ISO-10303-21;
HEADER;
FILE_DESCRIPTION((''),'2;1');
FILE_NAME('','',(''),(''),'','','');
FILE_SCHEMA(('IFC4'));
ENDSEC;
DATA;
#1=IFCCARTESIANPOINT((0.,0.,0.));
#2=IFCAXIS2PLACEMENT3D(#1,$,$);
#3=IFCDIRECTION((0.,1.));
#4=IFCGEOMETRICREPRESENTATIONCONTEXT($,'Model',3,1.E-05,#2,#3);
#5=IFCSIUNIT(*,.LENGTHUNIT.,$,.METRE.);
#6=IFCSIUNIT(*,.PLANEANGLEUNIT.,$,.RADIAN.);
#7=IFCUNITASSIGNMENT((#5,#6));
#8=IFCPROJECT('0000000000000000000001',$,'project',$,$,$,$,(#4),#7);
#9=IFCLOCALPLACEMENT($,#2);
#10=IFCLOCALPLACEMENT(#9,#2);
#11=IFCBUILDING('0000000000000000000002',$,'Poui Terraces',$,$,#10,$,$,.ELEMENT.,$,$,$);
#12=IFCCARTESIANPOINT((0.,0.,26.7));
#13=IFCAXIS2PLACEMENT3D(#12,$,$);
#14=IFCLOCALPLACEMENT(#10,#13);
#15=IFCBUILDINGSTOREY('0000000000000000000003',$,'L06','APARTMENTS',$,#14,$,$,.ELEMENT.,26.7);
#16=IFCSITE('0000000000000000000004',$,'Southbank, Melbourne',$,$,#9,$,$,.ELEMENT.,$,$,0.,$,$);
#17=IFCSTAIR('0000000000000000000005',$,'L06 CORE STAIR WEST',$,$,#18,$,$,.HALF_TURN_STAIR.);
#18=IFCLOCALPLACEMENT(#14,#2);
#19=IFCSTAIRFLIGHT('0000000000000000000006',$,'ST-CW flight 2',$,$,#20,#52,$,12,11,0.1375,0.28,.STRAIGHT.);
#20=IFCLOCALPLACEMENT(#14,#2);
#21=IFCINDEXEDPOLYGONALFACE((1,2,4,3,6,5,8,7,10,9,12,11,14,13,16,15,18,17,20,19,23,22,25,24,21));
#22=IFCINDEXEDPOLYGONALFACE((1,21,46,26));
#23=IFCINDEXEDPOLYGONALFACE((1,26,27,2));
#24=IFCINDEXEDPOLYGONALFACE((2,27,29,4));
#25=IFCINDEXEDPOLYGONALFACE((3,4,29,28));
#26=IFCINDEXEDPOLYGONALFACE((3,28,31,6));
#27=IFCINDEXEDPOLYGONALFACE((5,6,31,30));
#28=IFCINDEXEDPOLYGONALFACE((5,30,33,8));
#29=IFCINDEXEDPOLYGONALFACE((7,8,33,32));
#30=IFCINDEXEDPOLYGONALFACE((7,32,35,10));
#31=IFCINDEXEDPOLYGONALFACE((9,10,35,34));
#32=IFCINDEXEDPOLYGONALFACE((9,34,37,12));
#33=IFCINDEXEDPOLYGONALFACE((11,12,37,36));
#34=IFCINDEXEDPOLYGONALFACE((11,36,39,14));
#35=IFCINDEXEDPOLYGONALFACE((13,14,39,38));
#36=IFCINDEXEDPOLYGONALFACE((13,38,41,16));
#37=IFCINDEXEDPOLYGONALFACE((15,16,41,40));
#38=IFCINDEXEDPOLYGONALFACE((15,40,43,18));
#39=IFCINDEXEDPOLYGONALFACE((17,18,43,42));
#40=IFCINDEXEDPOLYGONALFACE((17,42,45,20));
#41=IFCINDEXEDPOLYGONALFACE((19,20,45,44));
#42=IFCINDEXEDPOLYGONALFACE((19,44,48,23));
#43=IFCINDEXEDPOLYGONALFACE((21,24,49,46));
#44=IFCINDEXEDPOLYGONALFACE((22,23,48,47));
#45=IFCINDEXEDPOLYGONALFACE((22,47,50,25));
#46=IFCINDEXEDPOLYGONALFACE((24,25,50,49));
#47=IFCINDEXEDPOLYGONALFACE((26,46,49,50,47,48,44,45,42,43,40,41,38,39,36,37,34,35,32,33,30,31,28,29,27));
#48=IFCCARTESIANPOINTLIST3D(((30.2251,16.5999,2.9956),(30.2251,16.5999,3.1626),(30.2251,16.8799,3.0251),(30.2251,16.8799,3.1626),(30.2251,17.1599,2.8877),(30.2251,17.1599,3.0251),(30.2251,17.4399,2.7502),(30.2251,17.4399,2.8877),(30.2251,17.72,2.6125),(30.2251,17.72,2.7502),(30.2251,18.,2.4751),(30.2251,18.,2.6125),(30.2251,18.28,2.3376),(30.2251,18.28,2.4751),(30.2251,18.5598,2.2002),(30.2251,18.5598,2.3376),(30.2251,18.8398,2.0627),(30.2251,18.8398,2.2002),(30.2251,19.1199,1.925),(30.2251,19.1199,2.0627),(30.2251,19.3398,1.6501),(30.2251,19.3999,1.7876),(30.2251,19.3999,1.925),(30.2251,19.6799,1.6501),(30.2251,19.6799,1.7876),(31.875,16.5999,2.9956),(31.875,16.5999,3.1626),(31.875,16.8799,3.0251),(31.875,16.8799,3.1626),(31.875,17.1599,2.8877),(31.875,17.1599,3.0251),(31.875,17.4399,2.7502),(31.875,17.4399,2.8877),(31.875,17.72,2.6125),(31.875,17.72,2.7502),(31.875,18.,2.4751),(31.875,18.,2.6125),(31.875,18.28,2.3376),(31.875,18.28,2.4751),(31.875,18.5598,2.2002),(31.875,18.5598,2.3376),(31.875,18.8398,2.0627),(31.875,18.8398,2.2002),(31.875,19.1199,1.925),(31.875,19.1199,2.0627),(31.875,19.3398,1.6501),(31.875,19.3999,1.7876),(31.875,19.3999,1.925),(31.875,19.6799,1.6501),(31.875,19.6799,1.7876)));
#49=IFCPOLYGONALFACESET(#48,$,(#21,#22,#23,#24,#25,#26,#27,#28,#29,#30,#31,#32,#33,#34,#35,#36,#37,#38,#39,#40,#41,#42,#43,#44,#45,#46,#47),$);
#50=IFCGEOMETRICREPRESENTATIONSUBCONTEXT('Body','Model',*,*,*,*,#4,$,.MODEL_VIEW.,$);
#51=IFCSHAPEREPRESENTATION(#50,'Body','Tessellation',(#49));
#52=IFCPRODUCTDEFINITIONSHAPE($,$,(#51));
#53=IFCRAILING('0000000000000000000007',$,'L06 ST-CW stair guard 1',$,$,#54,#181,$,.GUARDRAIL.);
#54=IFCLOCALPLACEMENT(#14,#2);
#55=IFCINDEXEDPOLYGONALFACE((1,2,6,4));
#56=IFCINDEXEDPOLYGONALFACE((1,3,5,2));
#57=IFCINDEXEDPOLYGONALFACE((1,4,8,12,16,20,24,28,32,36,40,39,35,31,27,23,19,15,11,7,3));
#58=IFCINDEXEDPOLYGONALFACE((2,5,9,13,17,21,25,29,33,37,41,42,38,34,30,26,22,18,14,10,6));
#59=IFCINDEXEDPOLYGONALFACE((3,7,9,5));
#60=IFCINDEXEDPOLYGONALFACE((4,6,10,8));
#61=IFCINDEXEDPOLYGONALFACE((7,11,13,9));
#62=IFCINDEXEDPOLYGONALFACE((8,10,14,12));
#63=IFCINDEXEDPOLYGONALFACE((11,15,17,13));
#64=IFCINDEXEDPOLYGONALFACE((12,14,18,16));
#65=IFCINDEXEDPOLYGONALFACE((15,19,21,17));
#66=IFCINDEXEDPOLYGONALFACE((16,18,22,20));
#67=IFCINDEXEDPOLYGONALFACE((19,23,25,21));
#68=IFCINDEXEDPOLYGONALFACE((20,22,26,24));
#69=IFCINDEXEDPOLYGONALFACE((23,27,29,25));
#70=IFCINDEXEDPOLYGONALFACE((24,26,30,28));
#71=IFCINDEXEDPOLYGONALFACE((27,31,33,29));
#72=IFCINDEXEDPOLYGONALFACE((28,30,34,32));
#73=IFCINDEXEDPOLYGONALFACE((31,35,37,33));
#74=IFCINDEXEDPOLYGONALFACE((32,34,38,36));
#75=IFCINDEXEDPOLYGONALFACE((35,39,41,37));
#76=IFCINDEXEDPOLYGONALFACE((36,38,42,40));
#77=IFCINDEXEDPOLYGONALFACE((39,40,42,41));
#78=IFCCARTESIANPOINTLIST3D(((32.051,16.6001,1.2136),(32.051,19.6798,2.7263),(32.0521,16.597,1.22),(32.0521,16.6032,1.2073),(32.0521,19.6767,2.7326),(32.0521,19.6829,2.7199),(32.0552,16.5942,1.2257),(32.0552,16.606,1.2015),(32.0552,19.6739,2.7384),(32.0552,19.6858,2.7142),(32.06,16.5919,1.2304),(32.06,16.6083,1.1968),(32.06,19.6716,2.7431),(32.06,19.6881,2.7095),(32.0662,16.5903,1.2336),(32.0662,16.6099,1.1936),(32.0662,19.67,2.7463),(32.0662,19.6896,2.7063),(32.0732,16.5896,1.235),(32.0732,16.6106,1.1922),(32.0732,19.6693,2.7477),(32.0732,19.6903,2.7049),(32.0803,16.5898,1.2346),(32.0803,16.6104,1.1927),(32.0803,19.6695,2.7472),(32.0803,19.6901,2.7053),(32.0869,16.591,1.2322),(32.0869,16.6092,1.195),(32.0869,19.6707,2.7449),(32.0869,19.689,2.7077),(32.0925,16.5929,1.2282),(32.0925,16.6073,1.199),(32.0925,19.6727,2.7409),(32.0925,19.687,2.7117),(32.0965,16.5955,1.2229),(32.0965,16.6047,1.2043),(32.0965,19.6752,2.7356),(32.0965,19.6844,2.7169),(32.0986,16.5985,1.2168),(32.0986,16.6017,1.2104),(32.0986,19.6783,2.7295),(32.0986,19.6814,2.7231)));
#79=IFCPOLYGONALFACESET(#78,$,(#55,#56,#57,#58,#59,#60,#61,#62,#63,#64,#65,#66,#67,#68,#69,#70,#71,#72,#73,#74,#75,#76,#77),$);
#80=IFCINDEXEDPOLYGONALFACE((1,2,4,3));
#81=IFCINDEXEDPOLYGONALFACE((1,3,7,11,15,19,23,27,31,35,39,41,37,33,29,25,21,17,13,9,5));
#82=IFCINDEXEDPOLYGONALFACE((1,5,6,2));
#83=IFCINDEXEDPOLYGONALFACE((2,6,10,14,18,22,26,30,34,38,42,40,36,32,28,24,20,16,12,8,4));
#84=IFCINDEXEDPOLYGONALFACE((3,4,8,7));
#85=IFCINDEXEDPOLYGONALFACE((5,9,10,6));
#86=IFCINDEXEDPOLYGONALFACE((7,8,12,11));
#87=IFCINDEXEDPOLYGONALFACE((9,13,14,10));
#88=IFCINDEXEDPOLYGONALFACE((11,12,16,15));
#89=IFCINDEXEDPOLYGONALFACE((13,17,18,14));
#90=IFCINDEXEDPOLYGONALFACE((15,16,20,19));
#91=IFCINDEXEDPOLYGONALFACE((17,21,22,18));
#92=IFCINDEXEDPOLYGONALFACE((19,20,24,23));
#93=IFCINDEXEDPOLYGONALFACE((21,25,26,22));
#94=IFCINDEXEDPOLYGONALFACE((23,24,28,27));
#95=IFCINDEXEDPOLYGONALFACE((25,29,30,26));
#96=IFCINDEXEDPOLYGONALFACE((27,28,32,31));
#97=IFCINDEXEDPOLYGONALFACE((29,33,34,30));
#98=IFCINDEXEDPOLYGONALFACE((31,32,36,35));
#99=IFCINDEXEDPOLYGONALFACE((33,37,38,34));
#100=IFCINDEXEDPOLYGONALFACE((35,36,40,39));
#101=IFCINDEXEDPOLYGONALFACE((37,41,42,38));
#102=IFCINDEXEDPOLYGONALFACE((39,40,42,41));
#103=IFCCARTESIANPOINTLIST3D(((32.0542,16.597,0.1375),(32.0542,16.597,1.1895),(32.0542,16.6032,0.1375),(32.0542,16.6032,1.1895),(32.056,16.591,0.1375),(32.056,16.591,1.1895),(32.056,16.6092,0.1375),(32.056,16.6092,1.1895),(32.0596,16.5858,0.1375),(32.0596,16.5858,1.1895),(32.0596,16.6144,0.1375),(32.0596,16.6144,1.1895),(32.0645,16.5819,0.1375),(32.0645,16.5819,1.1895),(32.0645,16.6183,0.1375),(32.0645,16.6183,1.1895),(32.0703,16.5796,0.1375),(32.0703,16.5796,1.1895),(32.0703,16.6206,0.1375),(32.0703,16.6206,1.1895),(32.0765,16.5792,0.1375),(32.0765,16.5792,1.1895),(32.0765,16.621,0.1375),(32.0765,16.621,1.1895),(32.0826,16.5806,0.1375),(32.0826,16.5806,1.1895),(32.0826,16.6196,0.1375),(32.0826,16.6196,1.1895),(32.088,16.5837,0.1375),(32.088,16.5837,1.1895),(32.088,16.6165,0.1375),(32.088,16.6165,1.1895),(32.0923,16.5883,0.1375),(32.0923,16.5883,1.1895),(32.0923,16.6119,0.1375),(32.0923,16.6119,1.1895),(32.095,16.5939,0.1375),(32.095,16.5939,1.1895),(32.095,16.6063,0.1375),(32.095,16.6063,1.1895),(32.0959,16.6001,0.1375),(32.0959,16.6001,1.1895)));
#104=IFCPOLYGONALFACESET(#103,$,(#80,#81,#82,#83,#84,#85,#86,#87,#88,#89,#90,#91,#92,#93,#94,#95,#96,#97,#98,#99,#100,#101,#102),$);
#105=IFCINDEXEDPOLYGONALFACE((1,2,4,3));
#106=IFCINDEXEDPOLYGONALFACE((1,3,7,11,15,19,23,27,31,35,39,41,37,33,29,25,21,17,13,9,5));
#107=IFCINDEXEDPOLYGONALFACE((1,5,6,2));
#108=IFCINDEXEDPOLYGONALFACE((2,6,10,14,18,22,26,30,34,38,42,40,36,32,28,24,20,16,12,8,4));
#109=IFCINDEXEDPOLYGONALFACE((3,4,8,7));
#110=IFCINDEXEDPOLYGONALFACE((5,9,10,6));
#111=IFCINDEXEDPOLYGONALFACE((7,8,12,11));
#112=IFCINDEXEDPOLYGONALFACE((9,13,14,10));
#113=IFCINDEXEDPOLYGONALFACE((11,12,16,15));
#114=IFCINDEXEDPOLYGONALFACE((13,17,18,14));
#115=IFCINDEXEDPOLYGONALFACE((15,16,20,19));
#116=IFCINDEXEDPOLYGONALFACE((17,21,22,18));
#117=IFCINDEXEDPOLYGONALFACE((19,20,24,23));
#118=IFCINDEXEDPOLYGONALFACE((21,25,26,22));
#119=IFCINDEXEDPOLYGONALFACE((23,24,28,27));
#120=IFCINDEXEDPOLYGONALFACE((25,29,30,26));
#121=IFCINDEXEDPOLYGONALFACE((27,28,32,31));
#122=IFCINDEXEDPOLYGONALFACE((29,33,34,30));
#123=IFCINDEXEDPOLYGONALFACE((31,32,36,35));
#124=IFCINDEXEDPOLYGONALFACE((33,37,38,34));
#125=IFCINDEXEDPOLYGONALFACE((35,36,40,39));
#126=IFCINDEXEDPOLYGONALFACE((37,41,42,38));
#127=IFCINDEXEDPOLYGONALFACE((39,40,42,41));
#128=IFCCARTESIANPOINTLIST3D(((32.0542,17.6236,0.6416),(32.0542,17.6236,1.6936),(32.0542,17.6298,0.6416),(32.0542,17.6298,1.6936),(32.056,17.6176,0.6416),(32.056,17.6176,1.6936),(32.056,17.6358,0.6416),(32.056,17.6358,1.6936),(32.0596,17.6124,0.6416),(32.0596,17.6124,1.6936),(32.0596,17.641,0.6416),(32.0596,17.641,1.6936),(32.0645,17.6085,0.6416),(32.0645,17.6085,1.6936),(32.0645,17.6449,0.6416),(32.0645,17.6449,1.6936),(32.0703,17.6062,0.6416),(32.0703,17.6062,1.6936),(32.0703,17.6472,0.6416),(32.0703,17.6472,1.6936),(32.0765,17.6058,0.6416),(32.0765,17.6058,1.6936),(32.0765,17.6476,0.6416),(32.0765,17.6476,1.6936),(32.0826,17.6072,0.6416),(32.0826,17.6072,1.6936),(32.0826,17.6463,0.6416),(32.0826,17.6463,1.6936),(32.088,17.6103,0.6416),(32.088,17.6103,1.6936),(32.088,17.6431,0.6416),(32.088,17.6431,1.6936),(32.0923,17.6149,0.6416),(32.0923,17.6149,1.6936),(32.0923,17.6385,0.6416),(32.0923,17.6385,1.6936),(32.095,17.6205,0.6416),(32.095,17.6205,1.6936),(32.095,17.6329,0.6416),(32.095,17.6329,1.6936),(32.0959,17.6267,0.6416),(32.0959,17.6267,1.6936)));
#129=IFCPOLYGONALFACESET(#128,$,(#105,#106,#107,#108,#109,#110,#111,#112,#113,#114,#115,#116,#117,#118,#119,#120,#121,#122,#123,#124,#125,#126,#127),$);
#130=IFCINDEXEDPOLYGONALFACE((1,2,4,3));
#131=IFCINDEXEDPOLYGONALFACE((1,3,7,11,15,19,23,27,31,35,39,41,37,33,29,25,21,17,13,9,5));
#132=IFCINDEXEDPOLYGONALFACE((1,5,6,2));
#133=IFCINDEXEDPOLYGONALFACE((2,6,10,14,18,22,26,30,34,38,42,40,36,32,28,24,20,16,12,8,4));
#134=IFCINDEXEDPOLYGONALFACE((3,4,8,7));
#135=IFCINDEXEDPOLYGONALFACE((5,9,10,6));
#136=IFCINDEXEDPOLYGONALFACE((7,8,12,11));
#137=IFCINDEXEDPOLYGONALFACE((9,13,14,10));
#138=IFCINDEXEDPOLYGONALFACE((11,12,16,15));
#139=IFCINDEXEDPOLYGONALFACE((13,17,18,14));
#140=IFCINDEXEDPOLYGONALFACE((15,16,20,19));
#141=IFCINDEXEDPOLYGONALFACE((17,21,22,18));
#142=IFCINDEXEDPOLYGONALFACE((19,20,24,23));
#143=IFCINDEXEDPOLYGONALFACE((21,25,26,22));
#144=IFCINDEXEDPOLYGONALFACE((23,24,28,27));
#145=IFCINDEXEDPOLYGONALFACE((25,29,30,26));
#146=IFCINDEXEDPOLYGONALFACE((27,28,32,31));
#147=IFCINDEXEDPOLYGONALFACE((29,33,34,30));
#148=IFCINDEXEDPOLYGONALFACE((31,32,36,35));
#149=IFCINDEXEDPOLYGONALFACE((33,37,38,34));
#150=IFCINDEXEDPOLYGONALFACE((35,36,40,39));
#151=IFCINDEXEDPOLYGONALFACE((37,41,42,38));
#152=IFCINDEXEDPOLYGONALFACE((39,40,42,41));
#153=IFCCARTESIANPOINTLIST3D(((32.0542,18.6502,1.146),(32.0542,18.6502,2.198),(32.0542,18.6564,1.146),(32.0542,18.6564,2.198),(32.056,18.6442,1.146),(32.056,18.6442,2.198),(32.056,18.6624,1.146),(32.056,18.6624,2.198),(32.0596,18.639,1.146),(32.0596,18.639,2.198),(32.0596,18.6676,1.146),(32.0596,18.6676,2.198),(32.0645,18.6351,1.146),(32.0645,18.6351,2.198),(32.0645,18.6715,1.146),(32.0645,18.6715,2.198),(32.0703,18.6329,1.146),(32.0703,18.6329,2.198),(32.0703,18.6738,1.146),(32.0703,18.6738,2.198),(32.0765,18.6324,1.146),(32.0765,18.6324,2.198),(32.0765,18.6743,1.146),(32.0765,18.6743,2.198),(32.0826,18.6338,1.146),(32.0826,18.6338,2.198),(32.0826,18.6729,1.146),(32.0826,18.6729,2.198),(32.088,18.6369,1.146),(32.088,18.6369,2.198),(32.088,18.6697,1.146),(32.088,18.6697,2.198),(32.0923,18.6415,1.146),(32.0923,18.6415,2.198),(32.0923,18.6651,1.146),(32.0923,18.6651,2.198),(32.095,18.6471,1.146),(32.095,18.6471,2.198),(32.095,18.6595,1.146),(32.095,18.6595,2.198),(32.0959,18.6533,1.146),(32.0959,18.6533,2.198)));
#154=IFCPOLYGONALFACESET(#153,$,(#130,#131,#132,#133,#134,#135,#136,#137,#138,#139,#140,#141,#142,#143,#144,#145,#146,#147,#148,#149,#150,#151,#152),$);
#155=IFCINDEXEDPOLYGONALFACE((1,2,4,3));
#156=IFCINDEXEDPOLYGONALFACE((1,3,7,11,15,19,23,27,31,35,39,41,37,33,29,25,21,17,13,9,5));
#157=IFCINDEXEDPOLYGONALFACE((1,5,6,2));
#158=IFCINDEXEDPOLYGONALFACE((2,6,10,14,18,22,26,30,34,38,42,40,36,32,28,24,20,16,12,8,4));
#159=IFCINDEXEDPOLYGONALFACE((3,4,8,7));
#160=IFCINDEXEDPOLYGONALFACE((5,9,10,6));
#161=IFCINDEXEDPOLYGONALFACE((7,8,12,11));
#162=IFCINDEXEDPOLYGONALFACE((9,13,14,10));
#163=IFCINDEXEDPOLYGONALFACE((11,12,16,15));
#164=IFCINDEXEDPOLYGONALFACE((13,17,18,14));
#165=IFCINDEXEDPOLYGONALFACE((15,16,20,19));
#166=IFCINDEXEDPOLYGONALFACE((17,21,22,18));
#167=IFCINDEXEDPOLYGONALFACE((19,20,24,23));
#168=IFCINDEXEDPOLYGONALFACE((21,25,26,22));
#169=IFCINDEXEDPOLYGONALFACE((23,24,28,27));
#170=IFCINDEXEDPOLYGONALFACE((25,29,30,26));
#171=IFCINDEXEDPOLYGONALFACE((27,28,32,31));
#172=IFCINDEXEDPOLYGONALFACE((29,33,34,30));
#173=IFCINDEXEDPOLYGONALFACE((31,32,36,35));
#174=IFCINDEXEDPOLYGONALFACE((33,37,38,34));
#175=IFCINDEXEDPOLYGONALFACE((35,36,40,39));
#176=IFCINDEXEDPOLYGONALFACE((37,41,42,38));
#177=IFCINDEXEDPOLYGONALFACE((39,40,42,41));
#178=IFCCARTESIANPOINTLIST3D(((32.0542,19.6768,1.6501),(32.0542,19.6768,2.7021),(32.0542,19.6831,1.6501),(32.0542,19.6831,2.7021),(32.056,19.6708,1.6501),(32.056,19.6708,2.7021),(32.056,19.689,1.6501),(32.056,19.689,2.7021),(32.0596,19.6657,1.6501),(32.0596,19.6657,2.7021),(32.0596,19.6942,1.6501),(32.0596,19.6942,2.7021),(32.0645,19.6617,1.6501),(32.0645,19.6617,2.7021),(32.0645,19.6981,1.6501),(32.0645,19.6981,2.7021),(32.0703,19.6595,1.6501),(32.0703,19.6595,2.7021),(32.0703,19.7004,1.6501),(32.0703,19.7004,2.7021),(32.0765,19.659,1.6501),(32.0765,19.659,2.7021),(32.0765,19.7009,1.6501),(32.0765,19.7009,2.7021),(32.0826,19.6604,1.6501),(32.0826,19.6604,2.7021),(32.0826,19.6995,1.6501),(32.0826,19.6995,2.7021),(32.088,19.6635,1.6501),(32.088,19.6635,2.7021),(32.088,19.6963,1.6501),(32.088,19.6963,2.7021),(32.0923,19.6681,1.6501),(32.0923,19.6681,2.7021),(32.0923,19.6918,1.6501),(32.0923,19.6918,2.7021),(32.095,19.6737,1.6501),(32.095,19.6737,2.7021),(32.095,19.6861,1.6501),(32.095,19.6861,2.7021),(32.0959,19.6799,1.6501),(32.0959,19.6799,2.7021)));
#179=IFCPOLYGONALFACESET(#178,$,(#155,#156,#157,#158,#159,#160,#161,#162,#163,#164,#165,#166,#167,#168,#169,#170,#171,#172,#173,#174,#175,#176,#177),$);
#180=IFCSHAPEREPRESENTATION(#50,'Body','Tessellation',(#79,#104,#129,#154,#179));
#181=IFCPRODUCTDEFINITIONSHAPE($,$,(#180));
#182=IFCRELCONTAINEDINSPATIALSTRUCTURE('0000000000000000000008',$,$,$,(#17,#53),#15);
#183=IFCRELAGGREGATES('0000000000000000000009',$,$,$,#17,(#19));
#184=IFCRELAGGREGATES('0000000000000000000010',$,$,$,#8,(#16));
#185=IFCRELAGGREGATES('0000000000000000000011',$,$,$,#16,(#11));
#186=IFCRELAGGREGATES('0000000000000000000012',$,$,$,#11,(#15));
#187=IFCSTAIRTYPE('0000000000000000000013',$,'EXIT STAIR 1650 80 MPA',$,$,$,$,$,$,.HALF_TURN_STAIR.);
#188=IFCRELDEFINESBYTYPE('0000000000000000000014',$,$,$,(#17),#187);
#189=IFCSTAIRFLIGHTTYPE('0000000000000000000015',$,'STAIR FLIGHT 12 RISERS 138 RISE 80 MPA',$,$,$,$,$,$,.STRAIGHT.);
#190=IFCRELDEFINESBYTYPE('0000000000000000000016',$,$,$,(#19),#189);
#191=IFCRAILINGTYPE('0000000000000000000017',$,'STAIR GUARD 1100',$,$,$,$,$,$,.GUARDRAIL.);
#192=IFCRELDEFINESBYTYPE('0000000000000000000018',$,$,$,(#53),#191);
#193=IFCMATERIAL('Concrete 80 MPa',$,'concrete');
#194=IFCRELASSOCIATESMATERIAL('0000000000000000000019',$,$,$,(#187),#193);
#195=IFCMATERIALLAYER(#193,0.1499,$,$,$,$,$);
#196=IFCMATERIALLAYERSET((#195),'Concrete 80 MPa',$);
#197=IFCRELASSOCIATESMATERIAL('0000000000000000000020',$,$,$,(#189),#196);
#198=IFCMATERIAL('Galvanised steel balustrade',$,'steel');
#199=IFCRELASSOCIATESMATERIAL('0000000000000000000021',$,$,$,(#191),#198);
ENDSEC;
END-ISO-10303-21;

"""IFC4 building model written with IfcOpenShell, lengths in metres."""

from ifc_helpers import new_model, si_unit, direction, frame, origin, origin_2d, place, context, subcontext, project, spatial, polyline, circle, outline, extrude, material, layer, layer_set, type_object, element, aggregate, save


model = new_model("IFC4")

# Units and contexts
model_context = context("Model", 3, precision=1e-05, world=origin(), true_north=direction((0.0, 1.0)))
body_context = subcontext(model_context, "Body", "Model", "MODEL_VIEW")
ifc_project = project(units=[si_unit("LENGTHUNIT", "METRE"), si_unit("PLANEANGLEUNIT", "RADIAN")], contexts=[model_context])

# Site, building, storey
site_placement = place(None, origin())
site = spatial("IfcSite", under=ifc_project, at=site_placement, Name="Southbank, Melbourne", CompositionType="ELEMENT", RefElevation=0.0)
building_placement = place(site_placement, origin())
building = spatial("IfcBuilding", under=site, at=building_placement, Name="Poui Terraces", CompositionType="ELEMENT")
storey_placement = place(building_placement, frame((0.0, 0.0, 26.7)))
storey = spatial("IfcBuildingStorey", under=building, at=storey_placement, Name="L06", Description="APARTMENTS", CompositionType="ELEMENT", Elevation=26.7)

# Shared definitions
ifc_material_1 = material(Name="Concrete 80 MPa", Category="concrete")

# Stair, stair flight
stair_type = type_object("IfcStairType", Name="EXIT STAIR 1650 80 MPA", PredefinedType="HALF_TURN_STAIR", material=ifc_material_1)
stair_placement = place(storey_placement, origin())
stair = element("IfcStair", 1, at=stair_placement, inside=storey, type_object=stair_type, Name="L06 CORE STAIR WEST", PredefinedType="HALF_TURN_STAIR")
ifc_layer_1 = layer(ifc_material_1, 0.1499)
ifc_layer_set_1 = layer_set([ifc_layer_1], Name="Concrete 80 MPa")
stair_flight_type = type_object("IfcStairFlightType", Name="STAIR FLIGHT 12 RISERS 138 RISE 80 MPA", PredefinedType="STRAIGHT", material=ifc_layer_set_1)
stair_flight_1_placement = place(storey_placement, frame((31.05, 19.6799, 1.6501), z_axis=(0.0, 0.0, 1.0), x_axis=(0.0, -1.0, 0.0)))
stair_flight_1 = element("IfcStairFlight", 2, at=stair_flight_1_placement, type_object=stair_flight_type, Name="ST-CW flight 2", NumberOfRisers=12, NumberOfTreads=11, PredefinedType="STRAIGHT", RiserHeight=0.1375, TreadLength=0.28, context=body_context, shape_type="SweptSolid", body=[
    extrude(outline(polyline([(0.0, 0.0), (0.0, 0.1375), (0.28, 0.1375), (0.28, 0.2749), (0.5601, 0.2749), (0.5601, 0.4126), (0.8401, 0.4126), (0.8401, 0.55), (1.1201, 0.55), (1.1201, 0.6875), (1.3999, 0.6875), (1.3999, 0.825), (1.6799, 0.825), (1.6799, 0.9624), (1.96, 0.9624), (1.96, 1.1001), (2.24, 1.1001), (2.24, 1.2375), (2.52, 1.2375), (2.52, 1.375), (2.8, 1.375), (2.8, 1.5125), (3.0801, 1.5125), (3.0801, 1.6499), (3.0801, 1.3455), (0.3401, 0.0), (0.0, 0.0)])), frame((0.0, 0.825, 0.0), z_axis=(0.0, -1.0, 0.0), x_axis=(1.0, 0.0, 0.0)), (0.0, 0.0, 1.0), 1.6499),
])
aggregate(stair, [stair_flight_1])

# Railing
ifc_material_2 = material(Name="Galvanised steel balustrade", Category="steel")
railing_type_1 = type_object("IfcRailingType", Name="STAIR GUARD 1100", PredefinedType="GUARDRAIL", material=ifc_material_2)
railing_1_placement = place(storey_placement, frame((32.075, 16.6001, 0.1375)))
element("IfcRailing", 3, at=railing_1_placement, inside=storey, type_object=railing_type_1, Name="L06 ST-CW stair guard 1", PredefinedType="GUARDRAIL", context=body_context, shape_type="SweptSolid", body=[
    extrude(circle(Radius=0.0239, at=origin_2d()), frame((0.0, 0.0, 1.0762), z_axis=(0.0, 0.897578, 0.440856), x_axis=(-1.0, 0.0, 0.0)), (0.0, 0.0, 1.0), 3.4312),
    extrude(circle(Radius=0.021, at=origin_2d()), origin(), (0.0, 0.0, 1.0), 1.052),
    extrude(circle(Radius=0.021, at=origin_2d()), frame((0.0, 1.0266, 0.5042)), (0.0, 0.0, 1.0), 1.052),
    extrude(circle(Radius=0.021, at=origin_2d()), frame((0.0, 2.0532, 1.0085)), (0.0, 0.0, 1.0), 1.052),
    extrude(circle(Radius=0.021, at=origin_2d()), frame((0.0, 3.0798, 1.5127)), (0.0, 0.0, 1.0), 1.052),
])

save(model, "model.ifc")
